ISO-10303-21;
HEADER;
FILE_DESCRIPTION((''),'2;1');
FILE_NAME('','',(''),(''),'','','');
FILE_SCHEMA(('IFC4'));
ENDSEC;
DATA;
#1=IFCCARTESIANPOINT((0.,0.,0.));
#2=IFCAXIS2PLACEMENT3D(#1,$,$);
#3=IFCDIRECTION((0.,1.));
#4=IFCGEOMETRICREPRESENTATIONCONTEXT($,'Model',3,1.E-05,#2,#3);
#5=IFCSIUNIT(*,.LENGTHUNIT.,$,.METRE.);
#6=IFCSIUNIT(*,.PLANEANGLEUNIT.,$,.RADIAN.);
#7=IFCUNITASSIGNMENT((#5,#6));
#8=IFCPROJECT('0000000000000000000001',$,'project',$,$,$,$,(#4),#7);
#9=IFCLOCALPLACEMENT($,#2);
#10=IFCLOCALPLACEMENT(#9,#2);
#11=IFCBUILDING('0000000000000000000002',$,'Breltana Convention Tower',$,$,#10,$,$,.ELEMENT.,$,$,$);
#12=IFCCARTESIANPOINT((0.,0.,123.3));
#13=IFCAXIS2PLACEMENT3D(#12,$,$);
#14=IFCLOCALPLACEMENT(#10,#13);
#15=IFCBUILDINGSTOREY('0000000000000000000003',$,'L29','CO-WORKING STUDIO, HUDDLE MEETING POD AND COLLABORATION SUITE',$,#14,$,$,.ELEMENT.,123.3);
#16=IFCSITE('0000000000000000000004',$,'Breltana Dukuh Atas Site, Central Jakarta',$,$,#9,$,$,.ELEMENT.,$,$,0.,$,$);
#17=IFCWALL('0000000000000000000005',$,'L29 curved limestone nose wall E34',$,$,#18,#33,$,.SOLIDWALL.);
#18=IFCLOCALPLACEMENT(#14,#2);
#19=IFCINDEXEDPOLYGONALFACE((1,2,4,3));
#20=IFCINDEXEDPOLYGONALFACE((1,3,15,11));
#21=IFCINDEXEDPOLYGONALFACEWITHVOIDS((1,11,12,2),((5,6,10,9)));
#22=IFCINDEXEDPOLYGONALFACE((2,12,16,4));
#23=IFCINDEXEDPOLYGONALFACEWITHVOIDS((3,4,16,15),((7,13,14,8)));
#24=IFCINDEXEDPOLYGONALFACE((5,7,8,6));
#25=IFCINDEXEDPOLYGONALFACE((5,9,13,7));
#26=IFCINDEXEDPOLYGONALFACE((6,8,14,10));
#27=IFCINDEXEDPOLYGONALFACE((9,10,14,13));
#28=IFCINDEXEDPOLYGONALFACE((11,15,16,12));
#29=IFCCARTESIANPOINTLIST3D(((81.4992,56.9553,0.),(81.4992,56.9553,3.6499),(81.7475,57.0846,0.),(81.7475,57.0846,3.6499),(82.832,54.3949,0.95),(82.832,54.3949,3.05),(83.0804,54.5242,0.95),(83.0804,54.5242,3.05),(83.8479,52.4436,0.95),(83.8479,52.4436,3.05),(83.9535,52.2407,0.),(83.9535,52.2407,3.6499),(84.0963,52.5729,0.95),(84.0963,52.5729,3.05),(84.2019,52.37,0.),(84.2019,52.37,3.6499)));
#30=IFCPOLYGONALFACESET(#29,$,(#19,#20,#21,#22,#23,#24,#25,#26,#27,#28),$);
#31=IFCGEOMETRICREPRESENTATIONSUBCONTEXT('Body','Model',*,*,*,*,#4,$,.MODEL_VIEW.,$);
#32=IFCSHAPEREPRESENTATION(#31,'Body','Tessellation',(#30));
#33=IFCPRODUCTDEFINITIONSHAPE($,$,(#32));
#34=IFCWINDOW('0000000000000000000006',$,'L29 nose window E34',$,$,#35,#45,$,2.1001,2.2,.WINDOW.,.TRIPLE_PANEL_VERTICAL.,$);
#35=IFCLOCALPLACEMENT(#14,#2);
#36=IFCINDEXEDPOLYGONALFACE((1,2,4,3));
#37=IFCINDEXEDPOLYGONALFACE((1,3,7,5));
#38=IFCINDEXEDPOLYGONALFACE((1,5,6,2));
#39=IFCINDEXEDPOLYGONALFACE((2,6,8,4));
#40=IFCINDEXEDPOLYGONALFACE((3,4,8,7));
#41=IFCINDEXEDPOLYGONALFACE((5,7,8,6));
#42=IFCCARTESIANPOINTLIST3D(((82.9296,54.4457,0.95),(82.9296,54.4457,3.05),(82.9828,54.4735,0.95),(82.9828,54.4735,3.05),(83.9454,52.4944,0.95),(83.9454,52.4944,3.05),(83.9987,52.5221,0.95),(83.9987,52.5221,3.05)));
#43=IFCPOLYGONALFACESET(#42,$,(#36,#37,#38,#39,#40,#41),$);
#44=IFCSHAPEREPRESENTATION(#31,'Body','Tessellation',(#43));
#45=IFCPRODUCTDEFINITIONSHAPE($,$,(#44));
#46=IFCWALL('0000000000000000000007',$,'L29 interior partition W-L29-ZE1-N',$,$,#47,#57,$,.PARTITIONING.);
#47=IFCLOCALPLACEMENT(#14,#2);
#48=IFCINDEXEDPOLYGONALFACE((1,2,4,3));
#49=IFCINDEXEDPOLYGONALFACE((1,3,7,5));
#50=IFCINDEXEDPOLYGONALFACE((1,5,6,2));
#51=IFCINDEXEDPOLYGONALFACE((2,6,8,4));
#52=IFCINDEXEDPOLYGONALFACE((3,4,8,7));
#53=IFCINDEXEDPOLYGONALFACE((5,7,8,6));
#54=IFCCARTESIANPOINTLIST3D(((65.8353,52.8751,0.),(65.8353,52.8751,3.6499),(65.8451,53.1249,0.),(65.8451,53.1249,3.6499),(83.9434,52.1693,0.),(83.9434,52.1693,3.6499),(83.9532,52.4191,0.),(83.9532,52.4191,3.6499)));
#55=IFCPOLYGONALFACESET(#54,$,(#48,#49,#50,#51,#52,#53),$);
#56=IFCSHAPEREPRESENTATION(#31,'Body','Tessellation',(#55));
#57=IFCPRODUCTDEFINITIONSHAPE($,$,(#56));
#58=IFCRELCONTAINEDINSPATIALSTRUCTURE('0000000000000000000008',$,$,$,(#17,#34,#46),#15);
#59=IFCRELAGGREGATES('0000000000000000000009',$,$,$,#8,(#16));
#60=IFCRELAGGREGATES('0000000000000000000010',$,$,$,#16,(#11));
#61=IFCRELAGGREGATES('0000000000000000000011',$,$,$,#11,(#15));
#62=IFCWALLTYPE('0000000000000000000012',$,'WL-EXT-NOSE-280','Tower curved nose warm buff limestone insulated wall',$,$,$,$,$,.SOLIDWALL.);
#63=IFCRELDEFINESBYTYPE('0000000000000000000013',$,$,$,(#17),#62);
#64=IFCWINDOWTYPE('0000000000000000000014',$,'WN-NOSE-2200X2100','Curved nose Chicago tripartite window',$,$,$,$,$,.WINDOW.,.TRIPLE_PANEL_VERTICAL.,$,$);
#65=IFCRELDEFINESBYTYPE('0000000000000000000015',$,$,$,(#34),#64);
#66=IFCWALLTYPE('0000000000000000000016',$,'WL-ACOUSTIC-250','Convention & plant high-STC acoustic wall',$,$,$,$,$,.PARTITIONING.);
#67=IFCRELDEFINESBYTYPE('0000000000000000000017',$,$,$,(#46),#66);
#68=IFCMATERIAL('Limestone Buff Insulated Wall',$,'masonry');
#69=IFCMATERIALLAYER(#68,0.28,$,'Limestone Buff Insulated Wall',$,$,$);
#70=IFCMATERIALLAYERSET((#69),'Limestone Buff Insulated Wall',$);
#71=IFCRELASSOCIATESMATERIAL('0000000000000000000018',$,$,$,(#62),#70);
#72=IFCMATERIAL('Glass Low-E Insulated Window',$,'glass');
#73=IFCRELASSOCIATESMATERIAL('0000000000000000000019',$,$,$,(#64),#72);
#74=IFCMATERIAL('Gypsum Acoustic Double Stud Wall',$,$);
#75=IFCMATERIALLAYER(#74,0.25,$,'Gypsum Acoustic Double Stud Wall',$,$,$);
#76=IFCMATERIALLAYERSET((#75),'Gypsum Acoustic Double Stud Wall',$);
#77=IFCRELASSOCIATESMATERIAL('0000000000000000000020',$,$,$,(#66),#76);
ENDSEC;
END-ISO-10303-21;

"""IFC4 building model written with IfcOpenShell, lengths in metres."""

from ifc_helpers import new_model, si_unit, direction, frame, frame_2d, origin, place, context, subcontext, project, spatial, rectangle, extrude, source, transform, mapped, material, layer, layer_set, type_object, type_shapes, element, fill, save


model = new_model("IFC4")

# Units and contexts
model_context = context("Model", 3, precision=1e-05, world=origin(), true_north=direction((0.0, 1.0)))
body_context = subcontext(model_context, "Body", "Model", "MODEL_VIEW")
ifc_project = project(units=[si_unit("LENGTHUNIT", "METRE"), si_unit("PLANEANGLEUNIT", "RADIAN")], contexts=[model_context])

# Site, building, storey
site_placement = place(None, origin())
site = spatial("IfcSite", under=ifc_project, at=site_placement, Name="Breltana Dukuh Atas Site, Central Jakarta", CompositionType="ELEMENT", RefElevation=0.0)
building_placement = place(site_placement, origin())
building = spatial("IfcBuilding", under=site, at=building_placement, Name="Breltana Convention Tower", CompositionType="ELEMENT")
storey_placement = place(building_placement, frame((0.0, 0.0, 123.3)))
storey = spatial("IfcBuildingStorey", under=building, at=storey_placement, Name="L29", Description="CO-WORKING STUDIO, HUDDLE MEETING POD AND COLLABORATION SUITE", CompositionType="ELEMENT", Elevation=123.3)

# Wall, opening, window
ifc_material_1 = material(Name="Limestone Buff Insulated Wall", Category="masonry")
ifc_layer_1 = layer(ifc_material_1, 0.28, Name="Limestone Buff Insulated Wall")
ifc_layer_set_1 = layer_set([ifc_layer_1], Name="Limestone Buff Insulated Wall")
wall_type_1 = type_object("IfcWallType", Name="WL-EXT-NOSE-280", Description="Tower curved nose warm buff limestone insulated wall", PredefinedType="SOLIDWALL", material=ifc_layer_set_1)
ifc_material_2 = material(Name="Glass Low-E Insulated Window", Category="glass")
window_type = type_object("IfcWindowType", Name="WN-NOSE-2200X2100", Description="Curved nose Chicago tripartite window", PartitioningType="TRIPLE_PANEL_VERTICAL", PredefinedType="WINDOW", material=ifc_material_2)
shared_shape_1 = source(origin(), body_context, "Body", "SweptSolid", [
    extrude(rectangle(XDim=2.2, YDim=2.1001, at=frame_2d((1.1001, 1.05))), frame((0.0, 0.03, 0.0), z_axis=(0.0, -1.0, 0.0), x_axis=(1.0, 0.0, 0.0)), (0.0, 0.0, 1.0), 0.0601),
])
type_shapes(window_type, [shared_shape_1])
shared_shape_2 = source(origin(), body_context, "Body", "SweptSolid", [
    extrude(rectangle(XDim=5.3152, YDim=0.28, at=frame_2d((2.6577, 0.0))), origin(), (0.0, 0.0, 1.0), 3.6499),
])
wall_1_placement = place(storey_placement, frame((81.6233, 57.02, 0.0), z_axis=(0.0, 0.0, 1.0), x_axis=(0.461761, -0.887005, 0.0)))
wall_1 = element("IfcWall", 1, at=wall_1_placement, inside=storey, type_object=wall_type_1, Name="L29 curved limestone nose wall E34", PredefinedType="SOLIDWALL", context=body_context, shape_type="MappedRepresentation", body=[
    mapped(shared_shape_2, transform((0.0, 0.0, 0.0), scale=1.0)),
])
opening_1_placement = place(wall_1_placement, frame((2.8865, 0.0, 0.95)))
opening_1 = element("IfcOpeningElement", 2, at=opening_1_placement, cuts=wall_1, PredefinedType="OPENING", context=body_context, shape_type="SweptSolid", body=[
    extrude(rectangle(XDim=2.2, YDim=2.1001, at=frame_2d((1.1001, 1.05))), frame((0.0, 0.1499, 0.0), z_axis=(0.0, -1.0, 0.0), x_axis=(1.0, 0.0, 0.0)), (0.0, 0.0, 1.0), 0.3),
])
window_1_placement = place(opening_1_placement, origin())
window_1 = element("IfcWindow", 3, at=window_1_placement, inside=storey, type_object=window_type, Name="L29 nose window E34", OverallHeight=2.1001, OverallWidth=2.2, PartitioningType="TRIPLE_PANEL_VERTICAL", PredefinedType="WINDOW", context=body_context, shape_type="MappedRepresentation", body=[
    mapped(shared_shape_1, transform((0.0, 0.0, 0.0), scale=1.0)),
])
fill(opening_1, window_1)

# Shared definitions
ifc_material_3 = material(Name="Gypsum Acoustic Double Stud Wall")
ifc_layer_2 = layer(ifc_material_3, 0.25, Name="Gypsum Acoustic Double Stud Wall")
ifc_layer_set_2 = layer_set([ifc_layer_2], Name="Gypsum Acoustic Double Stud Wall")
wall_type_2 = type_object("IfcWallType", Name="WL-ACOUSTIC-250", Description="Convention & plant high-STC acoustic wall", PredefinedType="PARTITIONING", material=ifc_layer_set_2)

# Wall
shared_shape_3 = source(origin(), body_context, "Body", "SweptSolid", [
    extrude(rectangle(XDim=18.1218, YDim=0.25, at=frame_2d((9.061, 0.0))), origin(), (0.0, 0.0, 1.0), 3.6499),
])
wall_2_placement = place(storey_placement, frame((65.8401, 53.0, 0.0), z_axis=(0.0, 0.0, 1.0), x_axis=(0.999241, -0.038948, 0.0)))
element("IfcWall", 4, at=wall_2_placement, inside=storey, type_object=wall_type_2, Name="L29 interior partition W-L29-ZE1-N", PredefinedType="PARTITIONING", context=body_context, shape_type="MappedRepresentation", body=[
    mapped(shared_shape_3, transform((0.0, 0.0, 0.0), scale=1.0)),
])

save(model, "model.ifc")
